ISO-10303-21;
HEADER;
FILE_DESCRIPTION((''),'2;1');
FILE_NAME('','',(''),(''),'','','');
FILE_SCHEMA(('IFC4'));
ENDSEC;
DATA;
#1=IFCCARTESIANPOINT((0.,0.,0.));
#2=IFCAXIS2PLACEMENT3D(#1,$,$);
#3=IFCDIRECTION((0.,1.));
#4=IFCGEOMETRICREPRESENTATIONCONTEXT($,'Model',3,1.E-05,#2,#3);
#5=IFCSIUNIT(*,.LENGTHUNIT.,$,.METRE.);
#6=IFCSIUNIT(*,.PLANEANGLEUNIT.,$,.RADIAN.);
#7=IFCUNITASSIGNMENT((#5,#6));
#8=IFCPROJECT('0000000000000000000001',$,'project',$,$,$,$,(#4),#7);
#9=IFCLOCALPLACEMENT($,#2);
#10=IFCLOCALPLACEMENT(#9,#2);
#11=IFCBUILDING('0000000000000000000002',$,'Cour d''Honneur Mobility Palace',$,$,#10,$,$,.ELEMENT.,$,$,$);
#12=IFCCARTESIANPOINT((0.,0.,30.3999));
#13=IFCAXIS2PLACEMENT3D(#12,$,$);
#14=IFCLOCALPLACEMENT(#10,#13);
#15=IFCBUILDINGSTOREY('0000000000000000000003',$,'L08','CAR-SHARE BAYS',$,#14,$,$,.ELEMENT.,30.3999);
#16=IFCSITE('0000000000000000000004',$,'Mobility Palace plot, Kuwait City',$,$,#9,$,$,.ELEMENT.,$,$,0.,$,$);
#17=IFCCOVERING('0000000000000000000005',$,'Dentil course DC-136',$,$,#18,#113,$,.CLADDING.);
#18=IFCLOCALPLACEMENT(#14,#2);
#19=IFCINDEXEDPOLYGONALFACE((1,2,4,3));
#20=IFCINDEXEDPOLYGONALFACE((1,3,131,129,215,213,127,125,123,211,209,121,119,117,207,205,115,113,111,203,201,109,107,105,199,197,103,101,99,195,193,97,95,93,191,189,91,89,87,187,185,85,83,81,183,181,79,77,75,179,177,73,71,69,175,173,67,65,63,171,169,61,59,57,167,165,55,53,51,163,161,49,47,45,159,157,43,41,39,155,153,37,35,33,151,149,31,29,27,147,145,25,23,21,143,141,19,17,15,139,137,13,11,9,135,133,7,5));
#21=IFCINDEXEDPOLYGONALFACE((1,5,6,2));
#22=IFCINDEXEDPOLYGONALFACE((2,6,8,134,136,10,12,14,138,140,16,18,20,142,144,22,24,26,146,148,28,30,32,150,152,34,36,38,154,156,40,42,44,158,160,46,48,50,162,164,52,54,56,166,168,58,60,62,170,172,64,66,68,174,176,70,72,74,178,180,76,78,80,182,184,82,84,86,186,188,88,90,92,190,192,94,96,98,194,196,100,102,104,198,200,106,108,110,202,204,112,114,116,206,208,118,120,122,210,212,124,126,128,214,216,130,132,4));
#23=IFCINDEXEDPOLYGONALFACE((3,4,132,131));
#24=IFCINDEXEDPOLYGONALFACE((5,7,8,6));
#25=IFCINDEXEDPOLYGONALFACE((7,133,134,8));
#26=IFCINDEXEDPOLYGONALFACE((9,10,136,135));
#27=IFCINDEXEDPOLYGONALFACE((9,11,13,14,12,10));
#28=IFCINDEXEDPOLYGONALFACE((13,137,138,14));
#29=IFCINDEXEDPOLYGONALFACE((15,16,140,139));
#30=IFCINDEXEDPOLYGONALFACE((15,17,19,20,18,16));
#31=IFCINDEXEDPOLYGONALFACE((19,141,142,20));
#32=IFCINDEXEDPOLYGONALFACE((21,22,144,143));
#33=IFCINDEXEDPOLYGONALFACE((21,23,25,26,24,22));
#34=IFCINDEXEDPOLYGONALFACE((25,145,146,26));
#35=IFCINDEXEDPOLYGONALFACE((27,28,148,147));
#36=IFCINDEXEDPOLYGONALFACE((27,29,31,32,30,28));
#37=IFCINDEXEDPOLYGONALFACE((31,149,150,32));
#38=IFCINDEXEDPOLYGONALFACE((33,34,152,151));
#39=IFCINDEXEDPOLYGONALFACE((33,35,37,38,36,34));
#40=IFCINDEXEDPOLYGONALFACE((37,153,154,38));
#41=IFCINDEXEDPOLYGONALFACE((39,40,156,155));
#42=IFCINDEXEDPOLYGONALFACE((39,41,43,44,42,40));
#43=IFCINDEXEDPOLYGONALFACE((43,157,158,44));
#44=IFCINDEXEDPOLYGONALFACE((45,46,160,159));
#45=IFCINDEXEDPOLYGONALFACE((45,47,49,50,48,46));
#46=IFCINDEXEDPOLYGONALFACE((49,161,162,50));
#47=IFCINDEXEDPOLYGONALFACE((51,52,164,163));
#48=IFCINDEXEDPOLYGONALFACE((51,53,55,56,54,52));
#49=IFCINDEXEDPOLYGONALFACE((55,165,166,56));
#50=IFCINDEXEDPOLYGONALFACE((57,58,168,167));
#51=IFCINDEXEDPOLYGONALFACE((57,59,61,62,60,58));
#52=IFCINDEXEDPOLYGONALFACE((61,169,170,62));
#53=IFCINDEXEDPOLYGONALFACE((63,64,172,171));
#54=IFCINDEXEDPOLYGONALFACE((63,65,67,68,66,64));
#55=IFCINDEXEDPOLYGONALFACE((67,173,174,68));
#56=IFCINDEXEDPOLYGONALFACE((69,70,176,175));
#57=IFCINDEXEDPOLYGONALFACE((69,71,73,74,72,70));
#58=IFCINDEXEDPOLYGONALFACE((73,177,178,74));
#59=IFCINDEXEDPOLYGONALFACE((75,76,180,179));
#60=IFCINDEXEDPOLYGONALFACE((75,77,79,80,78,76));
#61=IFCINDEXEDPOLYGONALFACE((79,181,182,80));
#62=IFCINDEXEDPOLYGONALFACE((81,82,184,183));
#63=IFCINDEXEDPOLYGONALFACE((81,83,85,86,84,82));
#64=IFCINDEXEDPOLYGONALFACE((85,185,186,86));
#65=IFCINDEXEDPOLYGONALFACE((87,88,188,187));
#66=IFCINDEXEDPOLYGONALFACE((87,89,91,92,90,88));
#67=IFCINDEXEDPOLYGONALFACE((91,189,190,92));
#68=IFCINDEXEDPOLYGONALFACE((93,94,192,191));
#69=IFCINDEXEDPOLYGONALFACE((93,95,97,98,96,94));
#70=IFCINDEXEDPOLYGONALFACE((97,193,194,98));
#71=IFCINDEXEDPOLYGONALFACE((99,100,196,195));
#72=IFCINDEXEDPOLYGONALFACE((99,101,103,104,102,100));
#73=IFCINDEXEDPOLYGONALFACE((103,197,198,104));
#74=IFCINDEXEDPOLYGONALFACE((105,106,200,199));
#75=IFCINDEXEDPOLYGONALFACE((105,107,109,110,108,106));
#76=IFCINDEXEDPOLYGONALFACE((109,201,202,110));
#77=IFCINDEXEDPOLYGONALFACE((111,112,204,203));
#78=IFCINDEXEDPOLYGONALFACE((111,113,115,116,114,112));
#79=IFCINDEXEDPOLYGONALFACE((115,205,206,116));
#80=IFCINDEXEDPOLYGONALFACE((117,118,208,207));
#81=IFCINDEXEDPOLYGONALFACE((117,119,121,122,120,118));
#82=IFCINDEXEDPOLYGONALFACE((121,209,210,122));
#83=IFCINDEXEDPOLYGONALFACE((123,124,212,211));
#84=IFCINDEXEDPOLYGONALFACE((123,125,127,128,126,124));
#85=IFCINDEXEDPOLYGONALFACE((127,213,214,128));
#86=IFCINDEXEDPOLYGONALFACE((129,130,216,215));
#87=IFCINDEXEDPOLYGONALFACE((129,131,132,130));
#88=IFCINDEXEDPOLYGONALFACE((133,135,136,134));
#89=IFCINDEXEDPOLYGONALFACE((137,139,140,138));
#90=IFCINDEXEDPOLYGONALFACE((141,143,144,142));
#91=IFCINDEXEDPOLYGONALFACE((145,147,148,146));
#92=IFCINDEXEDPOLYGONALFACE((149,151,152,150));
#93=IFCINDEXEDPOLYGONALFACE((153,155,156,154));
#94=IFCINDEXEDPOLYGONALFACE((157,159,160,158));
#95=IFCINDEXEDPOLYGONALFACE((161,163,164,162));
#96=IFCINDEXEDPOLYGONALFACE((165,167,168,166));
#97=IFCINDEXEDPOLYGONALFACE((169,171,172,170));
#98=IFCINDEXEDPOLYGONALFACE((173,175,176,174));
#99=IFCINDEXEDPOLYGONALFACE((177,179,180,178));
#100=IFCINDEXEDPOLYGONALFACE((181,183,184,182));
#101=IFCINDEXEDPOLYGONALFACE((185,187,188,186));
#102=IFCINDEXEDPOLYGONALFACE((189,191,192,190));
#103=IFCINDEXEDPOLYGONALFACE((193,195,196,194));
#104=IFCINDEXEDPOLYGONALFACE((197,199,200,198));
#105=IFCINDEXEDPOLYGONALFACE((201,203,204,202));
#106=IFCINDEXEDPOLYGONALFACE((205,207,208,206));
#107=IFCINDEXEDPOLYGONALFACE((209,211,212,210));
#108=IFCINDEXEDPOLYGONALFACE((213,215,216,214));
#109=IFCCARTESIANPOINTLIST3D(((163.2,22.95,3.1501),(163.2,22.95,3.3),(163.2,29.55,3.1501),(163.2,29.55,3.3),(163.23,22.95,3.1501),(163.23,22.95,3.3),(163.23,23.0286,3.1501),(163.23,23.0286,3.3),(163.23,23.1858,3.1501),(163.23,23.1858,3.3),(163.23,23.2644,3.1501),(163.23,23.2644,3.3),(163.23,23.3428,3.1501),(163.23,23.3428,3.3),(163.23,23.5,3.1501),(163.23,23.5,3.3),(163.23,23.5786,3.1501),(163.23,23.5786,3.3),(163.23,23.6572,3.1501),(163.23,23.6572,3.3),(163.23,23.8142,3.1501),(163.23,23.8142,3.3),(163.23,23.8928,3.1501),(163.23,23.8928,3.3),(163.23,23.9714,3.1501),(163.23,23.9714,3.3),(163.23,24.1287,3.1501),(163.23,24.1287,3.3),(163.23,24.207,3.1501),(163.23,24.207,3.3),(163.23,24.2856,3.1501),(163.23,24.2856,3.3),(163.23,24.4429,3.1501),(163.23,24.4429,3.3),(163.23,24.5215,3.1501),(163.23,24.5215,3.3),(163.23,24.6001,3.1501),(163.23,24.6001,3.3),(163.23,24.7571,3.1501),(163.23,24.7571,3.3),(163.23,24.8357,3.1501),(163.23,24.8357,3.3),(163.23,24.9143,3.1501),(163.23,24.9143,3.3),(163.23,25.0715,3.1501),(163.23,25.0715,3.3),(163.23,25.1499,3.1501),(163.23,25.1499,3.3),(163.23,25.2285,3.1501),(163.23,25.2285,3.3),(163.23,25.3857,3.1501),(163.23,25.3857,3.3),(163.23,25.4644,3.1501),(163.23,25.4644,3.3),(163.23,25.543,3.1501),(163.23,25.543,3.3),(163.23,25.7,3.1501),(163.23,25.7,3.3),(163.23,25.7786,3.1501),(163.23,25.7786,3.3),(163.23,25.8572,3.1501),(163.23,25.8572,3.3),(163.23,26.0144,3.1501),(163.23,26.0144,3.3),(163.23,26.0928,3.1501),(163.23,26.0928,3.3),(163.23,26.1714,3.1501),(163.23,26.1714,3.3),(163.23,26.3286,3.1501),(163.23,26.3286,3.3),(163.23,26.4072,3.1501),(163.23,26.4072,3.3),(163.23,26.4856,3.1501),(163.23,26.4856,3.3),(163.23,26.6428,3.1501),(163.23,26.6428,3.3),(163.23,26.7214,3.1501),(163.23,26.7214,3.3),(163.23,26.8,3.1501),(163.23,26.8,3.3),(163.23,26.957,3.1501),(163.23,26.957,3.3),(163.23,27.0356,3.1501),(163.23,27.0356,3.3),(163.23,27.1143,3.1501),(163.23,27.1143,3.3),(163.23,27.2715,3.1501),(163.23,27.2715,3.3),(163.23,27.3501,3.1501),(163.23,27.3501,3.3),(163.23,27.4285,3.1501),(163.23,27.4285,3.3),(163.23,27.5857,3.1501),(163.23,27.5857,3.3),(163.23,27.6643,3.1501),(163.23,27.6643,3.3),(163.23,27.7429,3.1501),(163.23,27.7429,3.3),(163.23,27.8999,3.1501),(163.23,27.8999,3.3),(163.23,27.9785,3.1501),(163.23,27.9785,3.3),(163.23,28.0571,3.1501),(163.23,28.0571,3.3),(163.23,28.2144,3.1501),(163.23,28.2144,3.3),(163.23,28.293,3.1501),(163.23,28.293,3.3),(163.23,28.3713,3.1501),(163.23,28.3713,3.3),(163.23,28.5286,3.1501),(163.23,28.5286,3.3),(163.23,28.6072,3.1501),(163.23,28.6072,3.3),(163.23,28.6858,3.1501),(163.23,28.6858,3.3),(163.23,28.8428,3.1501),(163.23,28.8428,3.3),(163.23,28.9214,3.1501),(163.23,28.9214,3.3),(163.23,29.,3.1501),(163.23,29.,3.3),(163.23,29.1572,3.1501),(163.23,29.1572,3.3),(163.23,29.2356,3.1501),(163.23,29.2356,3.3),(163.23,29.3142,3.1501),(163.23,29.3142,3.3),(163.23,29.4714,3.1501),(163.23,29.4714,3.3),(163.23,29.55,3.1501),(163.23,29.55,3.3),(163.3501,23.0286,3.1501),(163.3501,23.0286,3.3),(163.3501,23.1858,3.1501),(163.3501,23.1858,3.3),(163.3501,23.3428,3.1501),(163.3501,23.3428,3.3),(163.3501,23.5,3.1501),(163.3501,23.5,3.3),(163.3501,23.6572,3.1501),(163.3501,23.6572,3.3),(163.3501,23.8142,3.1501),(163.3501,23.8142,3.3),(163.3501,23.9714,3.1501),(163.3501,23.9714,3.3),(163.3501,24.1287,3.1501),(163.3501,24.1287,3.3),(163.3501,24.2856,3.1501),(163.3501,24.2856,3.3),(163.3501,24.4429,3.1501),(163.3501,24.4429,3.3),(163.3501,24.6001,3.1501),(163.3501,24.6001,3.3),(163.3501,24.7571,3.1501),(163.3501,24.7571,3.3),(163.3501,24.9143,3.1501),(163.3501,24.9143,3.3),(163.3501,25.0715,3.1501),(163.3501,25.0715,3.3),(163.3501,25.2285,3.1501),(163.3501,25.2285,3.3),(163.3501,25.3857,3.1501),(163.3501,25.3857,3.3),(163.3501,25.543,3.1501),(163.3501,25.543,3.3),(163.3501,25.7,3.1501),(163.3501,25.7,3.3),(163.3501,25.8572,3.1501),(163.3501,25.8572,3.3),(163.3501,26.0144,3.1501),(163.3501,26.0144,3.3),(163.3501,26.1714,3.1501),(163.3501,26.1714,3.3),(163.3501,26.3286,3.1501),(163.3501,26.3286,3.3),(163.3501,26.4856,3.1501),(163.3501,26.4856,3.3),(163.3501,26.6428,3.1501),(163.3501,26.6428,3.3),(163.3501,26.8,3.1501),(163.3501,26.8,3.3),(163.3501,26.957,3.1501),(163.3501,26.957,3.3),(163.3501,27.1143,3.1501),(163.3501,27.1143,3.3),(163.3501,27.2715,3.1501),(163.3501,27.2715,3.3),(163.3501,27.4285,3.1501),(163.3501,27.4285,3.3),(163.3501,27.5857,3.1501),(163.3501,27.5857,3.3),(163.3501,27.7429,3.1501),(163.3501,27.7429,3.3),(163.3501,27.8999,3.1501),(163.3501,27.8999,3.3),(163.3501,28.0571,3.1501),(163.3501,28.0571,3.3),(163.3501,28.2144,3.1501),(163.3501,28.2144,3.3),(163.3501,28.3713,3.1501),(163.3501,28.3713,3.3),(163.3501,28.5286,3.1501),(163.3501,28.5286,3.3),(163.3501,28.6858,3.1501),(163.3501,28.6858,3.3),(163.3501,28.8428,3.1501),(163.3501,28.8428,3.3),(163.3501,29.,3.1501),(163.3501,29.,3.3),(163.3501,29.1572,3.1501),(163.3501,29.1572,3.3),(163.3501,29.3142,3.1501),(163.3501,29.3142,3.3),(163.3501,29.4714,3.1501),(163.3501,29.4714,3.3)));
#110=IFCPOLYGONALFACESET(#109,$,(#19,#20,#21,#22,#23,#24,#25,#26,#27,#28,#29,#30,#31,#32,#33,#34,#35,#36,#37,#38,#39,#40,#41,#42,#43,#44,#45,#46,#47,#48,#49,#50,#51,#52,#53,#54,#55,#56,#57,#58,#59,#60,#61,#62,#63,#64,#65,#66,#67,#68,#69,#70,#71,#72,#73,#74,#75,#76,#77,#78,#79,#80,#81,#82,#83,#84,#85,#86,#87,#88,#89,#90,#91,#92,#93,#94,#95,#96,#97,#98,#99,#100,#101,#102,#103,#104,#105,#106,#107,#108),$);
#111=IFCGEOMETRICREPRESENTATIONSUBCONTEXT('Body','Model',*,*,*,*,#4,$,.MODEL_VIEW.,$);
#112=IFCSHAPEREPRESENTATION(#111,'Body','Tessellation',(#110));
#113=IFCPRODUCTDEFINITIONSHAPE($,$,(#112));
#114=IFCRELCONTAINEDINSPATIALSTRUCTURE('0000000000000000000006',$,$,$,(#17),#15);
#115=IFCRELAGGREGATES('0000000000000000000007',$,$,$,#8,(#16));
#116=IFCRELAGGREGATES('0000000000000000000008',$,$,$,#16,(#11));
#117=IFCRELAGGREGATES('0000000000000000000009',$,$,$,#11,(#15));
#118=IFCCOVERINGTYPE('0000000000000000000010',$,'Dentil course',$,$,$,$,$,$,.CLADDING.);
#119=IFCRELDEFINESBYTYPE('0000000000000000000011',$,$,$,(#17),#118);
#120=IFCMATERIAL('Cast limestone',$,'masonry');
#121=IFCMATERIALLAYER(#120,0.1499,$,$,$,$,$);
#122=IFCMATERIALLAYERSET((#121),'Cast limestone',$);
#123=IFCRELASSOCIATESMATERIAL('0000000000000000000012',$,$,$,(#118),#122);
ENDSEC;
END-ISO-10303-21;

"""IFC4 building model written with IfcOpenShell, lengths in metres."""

from ifc_helpers import new_model, si_unit, direction, frame, origin, place, context, subcontext, project, spatial, polyline, outline, extrude, material, layer, layer_set, type_object, element, save


model = new_model("IFC4")

# Units and contexts
model_context = context("Model", 3, precision=1e-05, world=origin(), true_north=direction((0.0, 1.0)))
body_context = subcontext(model_context, "Body", "Model", "MODEL_VIEW")
ifc_project = project(units=[si_unit("LENGTHUNIT", "METRE"), si_unit("PLANEANGLEUNIT", "RADIAN")], contexts=[model_context])

# Site, building, storey
site_placement = place(None, origin())
site = spatial("IfcSite", under=ifc_project, at=site_placement, Name="Mobility Palace plot, Kuwait City", CompositionType="ELEMENT", RefElevation=0.0)
building_placement = place(site_placement, origin())
building = spatial("IfcBuilding", under=site, at=building_placement, Name="Cour d'Honneur Mobility Palace", CompositionType="ELEMENT")
storey_placement = place(building_placement, frame((0.0, 0.0, 30.3999)))
storey = spatial("IfcBuildingStorey", under=building, at=storey_placement, Name="L08", Description="CAR-SHARE BAYS", CompositionType="ELEMENT", Elevation=30.3999)

# Covering
ifc_material_1 = material(Name="Cast limestone", Category="masonry")
ifc_layer_1 = layer(ifc_material_1, 0.1499)
ifc_layer_set_1 = layer_set([ifc_layer_1], Name="Cast limestone")
covering_type_1 = type_object("IfcCoveringType", Name="Dentil course", PredefinedType="CLADDING", material=ifc_layer_set_1)
covering_1_placement = place(storey_placement, frame((0.0, 0.0, 3.1501)))
element("IfcCovering", 1, at=covering_1_placement, inside=storey, type_object=covering_type_1, Name="Dentil course DC-136", PredefinedType="CLADDING", context=body_context, shape_type="SweptSolid", body=[
    extrude(outline(polyline([(163.2, 22.95), (163.2, 29.55), (163.23, 29.55), (163.23, 29.55), (163.23, 29.4714), (163.3501, 29.4714), (163.3501, 29.3142), (163.23, 29.3142), (163.23, 29.2356), (163.23, 29.2356), (163.23, 29.1572), (163.3501, 29.1572), (163.3501, 29.0), (163.23, 29.0), (163.23, 28.9214), (163.23, 28.9214), (163.23, 28.8428), (163.3501, 28.8428), (163.3501, 28.6858), (163.23, 28.6858), (163.23, 28.6072), (163.23, 28.6072), (163.23, 28.5286), (163.3501, 28.5286), (163.3501, 28.3713), (163.23, 28.3713), (163.23, 28.293), (163.23, 28.293), (163.23, 28.2144), (163.3501, 28.2144), (163.3501, 28.0571), (163.23, 28.0571), (163.23, 27.9785), (163.23, 27.9785), (163.23, 27.8999), (163.3501, 27.8999), (163.3501, 27.7429), (163.23, 27.7429), (163.23, 27.6643), (163.23, 27.6643), (163.23, 27.5857), (163.3501, 27.5857), (163.3501, 27.4285), (163.23, 27.4285), (163.23, 27.3501), (163.23, 27.3501), (163.23, 27.2715), (163.3501, 27.2715), (163.3501, 27.1143), (163.23, 27.1143), (163.23, 27.0356), (163.23, 27.0356), (163.23, 26.957), (163.3501, 26.957), (163.3501, 26.8), (163.23, 26.8), (163.23, 26.7214), (163.23, 26.7214), (163.23, 26.6428), (163.3501, 26.6428), (163.3501, 26.4856), (163.23, 26.4856), (163.23, 26.4072), (163.23, 26.4072), (163.23, 26.3286), (163.3501, 26.3286), (163.3501, 26.1714), (163.23, 26.1714), (163.23, 26.0928), (163.23, 26.0928), (163.23, 26.0144), (163.3501, 26.0144), (163.3501, 25.8572), (163.23, 25.8572), (163.23, 25.7786), (163.23, 25.7786), (163.23, 25.7), (163.3501, 25.7), (163.3501, 25.543), (163.23, 25.543), (163.23, 25.4644), (163.23, 25.4644), (163.23, 25.3857), (163.3501, 25.3857), (163.3501, 25.2285), (163.23, 25.2285), (163.23, 25.1499), (163.23, 25.1499), (163.23, 25.0715), (163.3501, 25.0715), (163.3501, 24.9143), (163.23, 24.9143), (163.23, 24.8357), (163.23, 24.8357), (163.23, 24.7571), (163.3501, 24.7571), (163.3501, 24.6001), (163.23, 24.6001), (163.23, 24.5215), (163.23, 24.5215), (163.23, 24.4429), (163.3501, 24.4429), (163.3501, 24.2856), (163.23, 24.2856), (163.23, 24.207), (163.23, 24.207), (163.23, 24.1287), (163.3501, 24.1287), (163.3501, 23.9714), (163.23, 23.9714), (163.23, 23.8928), (163.23, 23.8928), (163.23, 23.8142), (163.3501, 23.8142), (163.3501, 23.6572), (163.23, 23.6572), (163.23, 23.5786), (163.23, 23.5786), (163.23, 23.5), (163.3501, 23.5), (163.3501, 23.3428), (163.23, 23.3428), (163.23, 23.2644), (163.23, 23.2644), (163.23, 23.1858), (163.3501, 23.1858), (163.3501, 23.0286), (163.23, 23.0286), (163.23, 22.95), (163.2, 22.95)])), origin(), (0.0, 0.0, 1.0), 0.1499),
])

save(model, "model.ifc")
